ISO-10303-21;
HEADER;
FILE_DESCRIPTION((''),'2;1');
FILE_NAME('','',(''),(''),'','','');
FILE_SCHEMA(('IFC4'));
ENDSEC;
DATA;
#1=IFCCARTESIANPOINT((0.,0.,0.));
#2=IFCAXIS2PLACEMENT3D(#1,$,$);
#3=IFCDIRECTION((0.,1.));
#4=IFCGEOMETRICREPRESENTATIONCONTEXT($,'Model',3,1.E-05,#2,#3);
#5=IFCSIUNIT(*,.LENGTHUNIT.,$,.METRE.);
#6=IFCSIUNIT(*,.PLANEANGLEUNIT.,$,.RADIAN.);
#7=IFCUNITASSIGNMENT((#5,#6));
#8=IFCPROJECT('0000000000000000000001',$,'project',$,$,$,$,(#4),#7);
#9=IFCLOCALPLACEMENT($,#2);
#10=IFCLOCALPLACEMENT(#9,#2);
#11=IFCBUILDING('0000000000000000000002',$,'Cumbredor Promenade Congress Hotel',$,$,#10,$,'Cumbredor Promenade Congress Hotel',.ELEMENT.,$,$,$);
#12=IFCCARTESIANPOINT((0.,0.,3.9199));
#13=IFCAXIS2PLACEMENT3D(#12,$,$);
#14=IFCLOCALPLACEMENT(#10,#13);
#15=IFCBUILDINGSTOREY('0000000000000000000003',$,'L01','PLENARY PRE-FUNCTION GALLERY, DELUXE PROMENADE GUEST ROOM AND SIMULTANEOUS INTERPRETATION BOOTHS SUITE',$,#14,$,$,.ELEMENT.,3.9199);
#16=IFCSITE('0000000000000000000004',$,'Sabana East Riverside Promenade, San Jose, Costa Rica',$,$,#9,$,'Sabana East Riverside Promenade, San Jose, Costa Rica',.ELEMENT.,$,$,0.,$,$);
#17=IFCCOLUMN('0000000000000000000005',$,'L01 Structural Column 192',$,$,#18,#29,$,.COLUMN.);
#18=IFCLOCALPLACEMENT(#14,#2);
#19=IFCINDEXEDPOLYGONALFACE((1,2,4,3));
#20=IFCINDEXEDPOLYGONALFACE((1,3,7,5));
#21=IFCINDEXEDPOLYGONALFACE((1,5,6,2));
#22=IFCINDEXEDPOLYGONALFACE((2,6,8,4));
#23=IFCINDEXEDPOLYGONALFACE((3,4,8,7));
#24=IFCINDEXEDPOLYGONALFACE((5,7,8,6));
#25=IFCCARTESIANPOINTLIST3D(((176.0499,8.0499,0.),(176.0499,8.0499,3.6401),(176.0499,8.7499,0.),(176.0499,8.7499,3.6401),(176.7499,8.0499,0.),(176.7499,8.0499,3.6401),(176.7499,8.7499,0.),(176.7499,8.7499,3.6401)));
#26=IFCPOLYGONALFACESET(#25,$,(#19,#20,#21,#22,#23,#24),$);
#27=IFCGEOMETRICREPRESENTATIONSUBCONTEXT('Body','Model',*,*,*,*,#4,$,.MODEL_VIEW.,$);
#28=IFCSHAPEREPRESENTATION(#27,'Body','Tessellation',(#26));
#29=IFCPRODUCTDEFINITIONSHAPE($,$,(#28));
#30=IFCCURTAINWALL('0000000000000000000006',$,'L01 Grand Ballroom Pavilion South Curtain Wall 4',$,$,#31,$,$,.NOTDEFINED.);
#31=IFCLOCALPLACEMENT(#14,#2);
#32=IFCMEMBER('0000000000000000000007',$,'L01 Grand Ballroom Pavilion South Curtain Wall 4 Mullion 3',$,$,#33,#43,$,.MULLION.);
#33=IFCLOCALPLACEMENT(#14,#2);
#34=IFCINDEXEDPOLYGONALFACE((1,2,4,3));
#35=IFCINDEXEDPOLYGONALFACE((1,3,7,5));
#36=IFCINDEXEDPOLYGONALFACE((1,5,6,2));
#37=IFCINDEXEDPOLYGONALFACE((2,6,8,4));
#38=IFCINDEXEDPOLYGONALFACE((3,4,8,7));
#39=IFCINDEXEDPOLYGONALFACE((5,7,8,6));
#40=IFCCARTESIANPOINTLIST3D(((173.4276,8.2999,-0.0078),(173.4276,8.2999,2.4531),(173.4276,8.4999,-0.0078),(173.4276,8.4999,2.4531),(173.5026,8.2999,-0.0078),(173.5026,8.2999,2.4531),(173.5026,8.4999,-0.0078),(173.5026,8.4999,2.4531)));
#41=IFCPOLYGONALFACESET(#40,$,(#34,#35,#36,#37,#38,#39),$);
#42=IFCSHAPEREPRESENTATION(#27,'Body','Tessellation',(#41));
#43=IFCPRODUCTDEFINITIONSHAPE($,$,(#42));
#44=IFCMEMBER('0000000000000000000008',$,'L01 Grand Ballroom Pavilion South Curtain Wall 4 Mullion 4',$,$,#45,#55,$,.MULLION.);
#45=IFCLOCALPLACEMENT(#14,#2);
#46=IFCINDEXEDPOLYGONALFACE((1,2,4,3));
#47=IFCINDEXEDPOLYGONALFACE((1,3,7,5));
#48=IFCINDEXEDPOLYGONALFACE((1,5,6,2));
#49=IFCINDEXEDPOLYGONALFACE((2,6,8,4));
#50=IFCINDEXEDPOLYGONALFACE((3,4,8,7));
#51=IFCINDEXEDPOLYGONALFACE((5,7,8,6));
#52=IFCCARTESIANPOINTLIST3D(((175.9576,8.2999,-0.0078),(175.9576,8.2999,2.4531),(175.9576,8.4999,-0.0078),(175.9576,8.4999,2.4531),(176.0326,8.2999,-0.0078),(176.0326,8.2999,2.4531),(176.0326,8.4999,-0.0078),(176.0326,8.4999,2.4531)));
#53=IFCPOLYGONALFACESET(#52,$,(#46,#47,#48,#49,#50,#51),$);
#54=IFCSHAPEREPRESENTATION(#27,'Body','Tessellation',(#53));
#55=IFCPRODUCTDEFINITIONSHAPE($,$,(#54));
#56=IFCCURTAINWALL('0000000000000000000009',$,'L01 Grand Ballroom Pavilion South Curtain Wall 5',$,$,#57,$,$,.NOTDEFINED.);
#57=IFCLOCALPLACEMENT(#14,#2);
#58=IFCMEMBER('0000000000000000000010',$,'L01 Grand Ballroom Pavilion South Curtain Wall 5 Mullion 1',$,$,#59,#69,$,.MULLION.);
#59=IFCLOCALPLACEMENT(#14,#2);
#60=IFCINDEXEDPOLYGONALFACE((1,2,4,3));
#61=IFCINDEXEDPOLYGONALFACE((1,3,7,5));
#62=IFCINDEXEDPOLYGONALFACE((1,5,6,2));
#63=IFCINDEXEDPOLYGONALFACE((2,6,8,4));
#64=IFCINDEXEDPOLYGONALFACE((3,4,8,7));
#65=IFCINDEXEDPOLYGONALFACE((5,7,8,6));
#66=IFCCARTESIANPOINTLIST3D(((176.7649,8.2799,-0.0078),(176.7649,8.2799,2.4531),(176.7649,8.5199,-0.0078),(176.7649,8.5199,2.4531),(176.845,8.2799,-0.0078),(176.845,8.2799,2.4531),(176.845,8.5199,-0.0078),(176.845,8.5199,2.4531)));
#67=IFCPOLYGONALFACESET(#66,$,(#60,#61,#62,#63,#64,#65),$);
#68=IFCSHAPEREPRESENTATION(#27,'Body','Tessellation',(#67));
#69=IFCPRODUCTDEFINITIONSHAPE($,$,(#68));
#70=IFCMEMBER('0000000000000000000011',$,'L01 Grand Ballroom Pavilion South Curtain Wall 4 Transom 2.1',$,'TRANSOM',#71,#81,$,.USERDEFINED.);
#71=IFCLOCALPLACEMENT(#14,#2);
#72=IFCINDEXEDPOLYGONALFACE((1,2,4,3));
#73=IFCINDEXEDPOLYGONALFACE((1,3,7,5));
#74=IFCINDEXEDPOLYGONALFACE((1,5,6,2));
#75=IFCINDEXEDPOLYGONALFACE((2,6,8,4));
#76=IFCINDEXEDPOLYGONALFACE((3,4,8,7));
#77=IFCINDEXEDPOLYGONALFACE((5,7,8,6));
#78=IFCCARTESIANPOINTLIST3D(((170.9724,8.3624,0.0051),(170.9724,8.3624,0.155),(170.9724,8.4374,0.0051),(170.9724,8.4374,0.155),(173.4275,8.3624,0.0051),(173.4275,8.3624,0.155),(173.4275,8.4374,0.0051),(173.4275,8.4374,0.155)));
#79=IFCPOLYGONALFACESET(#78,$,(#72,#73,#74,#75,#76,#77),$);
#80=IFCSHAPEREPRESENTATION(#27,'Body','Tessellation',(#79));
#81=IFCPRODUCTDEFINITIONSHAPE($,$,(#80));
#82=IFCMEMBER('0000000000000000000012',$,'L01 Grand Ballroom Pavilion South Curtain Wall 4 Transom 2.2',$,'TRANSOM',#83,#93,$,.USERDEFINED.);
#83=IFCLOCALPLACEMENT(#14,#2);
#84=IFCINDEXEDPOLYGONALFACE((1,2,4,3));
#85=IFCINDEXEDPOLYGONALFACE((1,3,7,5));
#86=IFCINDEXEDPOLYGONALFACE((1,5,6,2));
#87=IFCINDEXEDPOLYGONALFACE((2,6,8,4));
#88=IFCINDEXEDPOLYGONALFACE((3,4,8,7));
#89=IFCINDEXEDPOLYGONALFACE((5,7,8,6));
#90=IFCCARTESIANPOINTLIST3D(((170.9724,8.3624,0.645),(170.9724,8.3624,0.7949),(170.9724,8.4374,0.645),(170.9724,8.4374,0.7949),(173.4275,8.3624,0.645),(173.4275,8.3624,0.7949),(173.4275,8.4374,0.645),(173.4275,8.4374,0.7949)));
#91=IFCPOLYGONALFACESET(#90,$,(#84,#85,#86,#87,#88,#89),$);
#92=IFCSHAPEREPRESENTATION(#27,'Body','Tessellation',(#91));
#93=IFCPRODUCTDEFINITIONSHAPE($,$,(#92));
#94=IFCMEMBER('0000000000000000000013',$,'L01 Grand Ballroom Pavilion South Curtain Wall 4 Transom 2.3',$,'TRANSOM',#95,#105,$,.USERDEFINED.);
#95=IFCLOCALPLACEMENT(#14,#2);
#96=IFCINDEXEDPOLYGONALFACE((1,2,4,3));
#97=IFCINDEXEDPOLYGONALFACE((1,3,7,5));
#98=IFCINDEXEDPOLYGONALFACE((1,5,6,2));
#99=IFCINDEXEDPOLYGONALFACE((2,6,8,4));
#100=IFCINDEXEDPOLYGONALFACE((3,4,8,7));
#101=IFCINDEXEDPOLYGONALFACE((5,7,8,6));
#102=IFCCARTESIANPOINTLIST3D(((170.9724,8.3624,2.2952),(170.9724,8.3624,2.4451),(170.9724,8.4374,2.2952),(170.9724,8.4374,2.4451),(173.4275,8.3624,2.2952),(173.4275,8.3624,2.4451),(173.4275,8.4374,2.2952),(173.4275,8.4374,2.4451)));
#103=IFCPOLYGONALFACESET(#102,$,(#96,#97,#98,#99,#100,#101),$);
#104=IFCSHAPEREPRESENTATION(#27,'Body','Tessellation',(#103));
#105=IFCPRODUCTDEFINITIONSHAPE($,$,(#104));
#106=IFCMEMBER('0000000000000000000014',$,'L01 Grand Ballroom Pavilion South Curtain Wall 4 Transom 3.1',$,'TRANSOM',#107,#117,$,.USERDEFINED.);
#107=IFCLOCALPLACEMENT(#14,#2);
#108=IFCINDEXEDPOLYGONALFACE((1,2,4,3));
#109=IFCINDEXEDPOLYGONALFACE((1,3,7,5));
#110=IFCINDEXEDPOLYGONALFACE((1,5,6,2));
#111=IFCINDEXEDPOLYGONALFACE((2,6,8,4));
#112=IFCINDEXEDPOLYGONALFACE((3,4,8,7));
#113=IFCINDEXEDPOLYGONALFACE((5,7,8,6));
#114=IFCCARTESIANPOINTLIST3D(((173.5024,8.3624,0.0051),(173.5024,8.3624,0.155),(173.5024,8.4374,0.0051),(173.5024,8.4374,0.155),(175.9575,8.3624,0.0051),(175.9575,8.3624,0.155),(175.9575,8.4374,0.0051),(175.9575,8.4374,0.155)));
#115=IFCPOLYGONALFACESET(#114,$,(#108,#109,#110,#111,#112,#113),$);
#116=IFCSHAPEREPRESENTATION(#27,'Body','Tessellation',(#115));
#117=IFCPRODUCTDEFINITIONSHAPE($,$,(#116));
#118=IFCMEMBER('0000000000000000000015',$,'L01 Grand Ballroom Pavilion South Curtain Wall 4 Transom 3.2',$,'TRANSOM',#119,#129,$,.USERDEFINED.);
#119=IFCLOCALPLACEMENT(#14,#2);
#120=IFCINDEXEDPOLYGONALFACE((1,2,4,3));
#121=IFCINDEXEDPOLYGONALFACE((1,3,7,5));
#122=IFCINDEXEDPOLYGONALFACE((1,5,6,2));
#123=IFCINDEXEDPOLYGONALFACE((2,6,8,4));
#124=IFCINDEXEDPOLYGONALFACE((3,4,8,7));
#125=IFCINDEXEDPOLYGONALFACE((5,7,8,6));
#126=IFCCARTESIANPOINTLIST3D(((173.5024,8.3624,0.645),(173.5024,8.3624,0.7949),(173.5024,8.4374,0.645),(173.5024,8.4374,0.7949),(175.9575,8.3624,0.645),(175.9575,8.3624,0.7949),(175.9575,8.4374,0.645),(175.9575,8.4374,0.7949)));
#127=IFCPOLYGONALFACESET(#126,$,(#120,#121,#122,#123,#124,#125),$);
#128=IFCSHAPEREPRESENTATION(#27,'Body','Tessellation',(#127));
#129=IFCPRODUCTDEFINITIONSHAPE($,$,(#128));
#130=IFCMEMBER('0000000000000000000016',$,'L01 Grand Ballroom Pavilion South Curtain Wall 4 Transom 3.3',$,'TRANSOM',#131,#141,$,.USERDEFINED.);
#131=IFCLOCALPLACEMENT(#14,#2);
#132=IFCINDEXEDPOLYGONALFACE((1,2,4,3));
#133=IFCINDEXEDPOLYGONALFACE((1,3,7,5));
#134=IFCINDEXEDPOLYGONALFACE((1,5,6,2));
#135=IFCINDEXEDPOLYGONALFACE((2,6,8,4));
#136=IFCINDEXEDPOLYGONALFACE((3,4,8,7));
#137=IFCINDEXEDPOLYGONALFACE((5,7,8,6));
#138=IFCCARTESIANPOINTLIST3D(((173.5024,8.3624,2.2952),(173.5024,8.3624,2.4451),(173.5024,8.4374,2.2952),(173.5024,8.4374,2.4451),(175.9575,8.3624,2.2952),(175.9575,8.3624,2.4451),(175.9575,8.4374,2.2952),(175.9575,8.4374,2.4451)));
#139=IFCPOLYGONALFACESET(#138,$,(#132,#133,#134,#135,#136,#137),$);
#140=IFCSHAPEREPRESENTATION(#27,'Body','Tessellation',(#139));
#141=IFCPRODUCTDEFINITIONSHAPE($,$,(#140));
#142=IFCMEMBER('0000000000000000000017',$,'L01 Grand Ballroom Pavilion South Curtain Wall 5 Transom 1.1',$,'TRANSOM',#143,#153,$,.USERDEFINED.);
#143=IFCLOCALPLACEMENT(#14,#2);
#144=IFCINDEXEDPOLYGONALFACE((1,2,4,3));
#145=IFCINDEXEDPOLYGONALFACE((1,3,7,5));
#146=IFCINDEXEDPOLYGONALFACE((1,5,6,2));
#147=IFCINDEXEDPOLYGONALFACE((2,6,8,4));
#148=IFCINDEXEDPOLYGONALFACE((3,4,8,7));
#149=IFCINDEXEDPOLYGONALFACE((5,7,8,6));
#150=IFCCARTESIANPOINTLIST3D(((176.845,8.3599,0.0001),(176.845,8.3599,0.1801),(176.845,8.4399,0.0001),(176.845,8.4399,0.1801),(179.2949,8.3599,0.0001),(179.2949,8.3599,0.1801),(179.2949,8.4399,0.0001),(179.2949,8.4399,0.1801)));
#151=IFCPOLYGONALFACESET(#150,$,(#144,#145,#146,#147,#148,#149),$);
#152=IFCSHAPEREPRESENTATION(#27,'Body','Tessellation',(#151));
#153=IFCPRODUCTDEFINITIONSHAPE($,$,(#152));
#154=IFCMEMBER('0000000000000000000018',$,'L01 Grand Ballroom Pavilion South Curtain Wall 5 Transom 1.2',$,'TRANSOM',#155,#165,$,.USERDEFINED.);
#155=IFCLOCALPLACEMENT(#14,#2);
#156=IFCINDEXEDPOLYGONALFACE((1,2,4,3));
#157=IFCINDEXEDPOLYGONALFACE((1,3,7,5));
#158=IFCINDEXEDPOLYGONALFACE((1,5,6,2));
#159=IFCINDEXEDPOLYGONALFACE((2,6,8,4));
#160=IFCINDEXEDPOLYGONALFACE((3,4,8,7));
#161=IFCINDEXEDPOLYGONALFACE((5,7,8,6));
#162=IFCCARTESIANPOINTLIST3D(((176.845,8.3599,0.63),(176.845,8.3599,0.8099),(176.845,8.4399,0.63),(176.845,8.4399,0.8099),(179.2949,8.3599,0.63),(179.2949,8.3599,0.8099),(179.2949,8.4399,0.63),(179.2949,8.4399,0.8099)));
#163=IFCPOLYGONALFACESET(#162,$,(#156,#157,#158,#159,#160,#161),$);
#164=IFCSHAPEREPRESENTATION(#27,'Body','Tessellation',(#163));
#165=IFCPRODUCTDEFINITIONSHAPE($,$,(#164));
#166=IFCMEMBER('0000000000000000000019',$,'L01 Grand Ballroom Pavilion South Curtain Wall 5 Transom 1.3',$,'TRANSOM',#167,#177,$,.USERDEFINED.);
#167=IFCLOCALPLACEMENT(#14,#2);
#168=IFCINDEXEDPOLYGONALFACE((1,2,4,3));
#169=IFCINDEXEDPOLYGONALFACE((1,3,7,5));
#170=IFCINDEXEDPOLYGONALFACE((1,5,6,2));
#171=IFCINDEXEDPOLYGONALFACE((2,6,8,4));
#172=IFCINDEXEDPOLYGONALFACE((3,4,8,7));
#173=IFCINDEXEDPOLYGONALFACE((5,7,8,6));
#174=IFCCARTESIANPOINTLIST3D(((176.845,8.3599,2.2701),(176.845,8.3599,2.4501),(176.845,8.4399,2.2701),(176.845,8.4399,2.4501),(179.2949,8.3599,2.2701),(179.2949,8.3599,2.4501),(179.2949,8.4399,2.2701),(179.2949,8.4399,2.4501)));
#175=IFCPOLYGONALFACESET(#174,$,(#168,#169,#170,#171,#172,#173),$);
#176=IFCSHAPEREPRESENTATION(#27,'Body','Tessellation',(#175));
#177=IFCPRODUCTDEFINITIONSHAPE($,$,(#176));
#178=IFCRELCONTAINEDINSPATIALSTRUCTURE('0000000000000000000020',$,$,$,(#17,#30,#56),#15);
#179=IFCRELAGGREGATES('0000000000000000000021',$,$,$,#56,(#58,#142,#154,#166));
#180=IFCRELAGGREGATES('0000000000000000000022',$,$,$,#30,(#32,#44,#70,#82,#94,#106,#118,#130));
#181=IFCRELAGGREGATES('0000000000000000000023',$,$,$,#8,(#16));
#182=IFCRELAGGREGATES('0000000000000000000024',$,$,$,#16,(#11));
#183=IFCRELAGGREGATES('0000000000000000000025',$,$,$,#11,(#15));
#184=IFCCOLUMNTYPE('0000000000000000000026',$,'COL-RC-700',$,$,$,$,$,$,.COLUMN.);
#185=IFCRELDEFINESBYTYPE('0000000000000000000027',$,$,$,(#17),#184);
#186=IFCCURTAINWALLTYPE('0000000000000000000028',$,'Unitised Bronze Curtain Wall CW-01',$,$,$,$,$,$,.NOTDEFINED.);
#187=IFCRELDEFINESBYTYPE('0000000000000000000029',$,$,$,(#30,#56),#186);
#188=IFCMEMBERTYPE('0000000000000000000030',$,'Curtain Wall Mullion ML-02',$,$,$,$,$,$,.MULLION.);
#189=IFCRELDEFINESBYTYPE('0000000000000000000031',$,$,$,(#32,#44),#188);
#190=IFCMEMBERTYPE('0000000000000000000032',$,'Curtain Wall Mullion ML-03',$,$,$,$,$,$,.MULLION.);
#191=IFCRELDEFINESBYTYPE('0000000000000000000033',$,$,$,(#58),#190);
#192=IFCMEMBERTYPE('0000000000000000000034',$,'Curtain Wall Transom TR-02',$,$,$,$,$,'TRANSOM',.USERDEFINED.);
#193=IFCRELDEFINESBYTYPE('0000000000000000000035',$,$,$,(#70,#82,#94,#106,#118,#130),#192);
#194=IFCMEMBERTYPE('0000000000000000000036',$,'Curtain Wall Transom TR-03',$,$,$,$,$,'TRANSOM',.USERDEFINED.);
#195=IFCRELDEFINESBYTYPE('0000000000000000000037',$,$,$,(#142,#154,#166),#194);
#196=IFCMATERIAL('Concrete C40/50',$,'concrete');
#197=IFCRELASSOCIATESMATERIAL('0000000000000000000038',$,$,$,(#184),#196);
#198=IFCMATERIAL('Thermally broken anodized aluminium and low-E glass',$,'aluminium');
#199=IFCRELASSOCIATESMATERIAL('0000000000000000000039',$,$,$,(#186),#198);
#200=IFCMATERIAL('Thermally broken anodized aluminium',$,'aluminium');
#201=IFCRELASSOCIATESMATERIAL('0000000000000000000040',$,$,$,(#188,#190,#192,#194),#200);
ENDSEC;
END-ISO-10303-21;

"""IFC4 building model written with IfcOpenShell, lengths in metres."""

from ifc_helpers import new_model, si_unit, direction, frame, origin, origin_2d, place, context, subcontext, project, spatial, rectangle, extrude, material, material_profile, profile_set, type_object, element, aggregate, save


model = new_model("IFC4")

# Units and contexts
model_context = context("Model", 3, precision=1e-05, world=origin(), true_north=direction((0.0, 1.0)))
body_context = subcontext(model_context, "Body", "Model", "MODEL_VIEW")
ifc_project = project(units=[si_unit("LENGTHUNIT", "METRE"), si_unit("PLANEANGLEUNIT", "RADIAN")], contexts=[model_context])

# Site, building, storey
site_placement = place(None, origin())
site = spatial("IfcSite", under=ifc_project, at=site_placement, Name="Sabana East Riverside Promenade, San Jose, Costa Rica", LongName="Sabana East Riverside Promenade, San Jose, Costa Rica", CompositionType="ELEMENT", RefElevation=0.0)
building_placement = place(site_placement, origin())
building = spatial("IfcBuilding", under=site, at=building_placement, Name="Cumbredor Promenade Congress Hotel", LongName="Cumbredor Promenade Congress Hotel", CompositionType="ELEMENT")
storey_placement = place(building_placement, frame((0.0, 0.0, 3.9199)))
storey = spatial("IfcBuildingStorey", under=building, at=storey_placement, Name="L01", Description="PLENARY PRE-FUNCTION GALLERY, DELUXE PROMENADE GUEST ROOM AND SIMULTANEOUS INTERPRETATION BOOTHS SUITE", CompositionType="ELEMENT", Elevation=3.9199)

# Column
ifc_material_1 = material(Name="Concrete C40/50", Category="concrete")
ifc_material_profile_1 = material_profile(ifc_material_1, rectangle(XDim=0.7, YDim=0.7, at=origin_2d()), Name="RC 700x700")
ifc_profile_set_1 = profile_set([ifc_material_profile_1], Name="Concrete C40/50")
column_type = type_object("IfcColumnType", Name="COL-RC-700", PredefinedType="COLUMN", material=ifc_profile_set_1)
column_placement = place(storey_placement, frame((176.3999, 8.3999, 0.0), z_axis=(0.0, 0.0, 1.0), x_axis=(1.0, 0.0, 0.0)))
element("IfcColumn", 1, at=column_placement, inside=storey, type_object=column_type, Name="L01 Structural Column 192", PredefinedType="COLUMN", context=body_context, shape_type="SweptSolid", body=[
    extrude(rectangle(XDim=0.7, YDim=0.7, at=origin_2d()), origin(), (0.0, 0.0, 1.0), 3.6401),
])

# Curtain wall, members
ifc_material_2 = material(Name="Thermally broken anodized aluminium and low-E glass", Category="aluminium")
curtain_wall_type = type_object("IfcCurtainWallType", Name="Unitised Bronze Curtain Wall CW-01", PredefinedType="NOTDEFINED", material=ifc_material_2)
curtain_wall_1_placement = place(storey_placement, origin())
curtain_wall_1 = element("IfcCurtainWall", 2, at=curtain_wall_1_placement, inside=storey, type_object=curtain_wall_type, Name="L01 Grand Ballroom Pavilion South Curtain Wall 4", PredefinedType="NOTDEFINED")
ifc_material_3 = material(Name="Thermally broken anodized aluminium", Category="aluminium")
ifc_material_profile_2 = material_profile(ifc_material_3, rectangle(XDim=0.075, YDim=0.2, at=origin_2d()), Name="ALU MULLION 75x200")
ifc_profile_set_2 = profile_set([ifc_material_profile_2], Name="Thermally broken anodized aluminium")
member_type_1 = type_object("IfcMemberType", Name="Curtain Wall Mullion ML-02", PredefinedType="MULLION", material=ifc_profile_set_2)
member_1_placement = place(storey_placement, frame((173.4651, 8.3999, -0.0078), z_axis=(0.0, 0.0, 1.0), x_axis=(1.0, 0.0, 0.0)))
member_1 = element("IfcMember", 3, at=member_1_placement, type_object=member_type_1, Name="L01 Grand Ballroom Pavilion South Curtain Wall 4 Mullion 3", PredefinedType="MULLION", context=body_context, shape_type="SweptSolid", body=[
    extrude(rectangle(XDim=0.075, YDim=0.2, at=origin_2d()), origin(), (0.0, 0.0, 1.0), 2.4609),
])
member_2_placement = place(storey_placement, frame((175.9951, 8.3999, -0.0078), z_axis=(0.0, 0.0, 1.0), x_axis=(1.0, 0.0, 0.0)))
member_2 = element("IfcMember", 4, at=member_2_placement, type_object=member_type_1, Name="L01 Grand Ballroom Pavilion South Curtain Wall 4 Mullion 4", PredefinedType="MULLION", context=body_context, shape_type="SweptSolid", body=[
    extrude(rectangle(XDim=0.075, YDim=0.2, at=origin_2d()), origin(), (0.0, 0.0, 1.0), 2.4609),
])

# Curtain wall, member
curtain_wall_2_placement = place(storey_placement, origin())
curtain_wall_2 = element("IfcCurtainWall", 5, at=curtain_wall_2_placement, inside=storey, type_object=curtain_wall_type, Name="L01 Grand Ballroom Pavilion South Curtain Wall 5", PredefinedType="NOTDEFINED")
ifc_material_profile_3 = material_profile(ifc_material_3, rectangle(XDim=0.0801, YDim=0.24, at=origin_2d()), Name="ALU MULLION 80x240")
ifc_profile_set_3 = profile_set([ifc_material_profile_3], Name="Thermally broken anodized aluminium")
member_type_2 = type_object("IfcMemberType", Name="Curtain Wall Mullion ML-03", PredefinedType="MULLION", material=ifc_profile_set_3)
member_3_placement = place(storey_placement, frame((176.8049, 8.3999, -0.0078), z_axis=(0.0, 0.0, 1.0), x_axis=(1.0, 0.0, 0.0)))
member_3 = element("IfcMember", 6, at=member_3_placement, type_object=member_type_2, Name="L01 Grand Ballroom Pavilion South Curtain Wall 5 Mullion 1", PredefinedType="MULLION", context=body_context, shape_type="SweptSolid", body=[
    extrude(rectangle(XDim=0.0801, YDim=0.24, at=origin_2d()), origin(), (0.0, 0.0, 1.0), 2.4609),
])

# Members
ifc_material_profile_4 = material_profile(ifc_material_3, rectangle(XDim=0.075, YDim=0.1499, at=origin_2d()), Name="ALU TRANSOM 75x150")
ifc_profile_set_4 = profile_set([ifc_material_profile_4], Name="Thermally broken anodized aluminium")
member_type_3 = type_object("IfcMemberType", Name="Curtain Wall Transom TR-02", ElementType="TRANSOM", PredefinedType="USERDEFINED", material=ifc_profile_set_4)
member_4_placement = place(storey_placement, frame((170.9724, 8.3999, 0.0801), z_axis=(1.0, 0.0, 0.0), x_axis=(0.0, 1.0, 0.0)))
member_4 = element("IfcMember", 7, at=member_4_placement, type_object=member_type_3, Name="L01 Grand Ballroom Pavilion South Curtain Wall 4 Transom 2.1", ObjectType="TRANSOM", PredefinedType="USERDEFINED", context=body_context, shape_type="SweptSolid", body=[
    extrude(rectangle(XDim=0.075, YDim=0.1499, at=origin_2d()), origin(), (0.0, 0.0, 1.0), 2.4551),
])
member_5_placement = place(storey_placement, frame((170.9724, 8.3999, 0.72), z_axis=(1.0, 0.0, 0.0), x_axis=(0.0, 1.0, 0.0)))
member_5 = element("IfcMember", 8, at=member_5_placement, type_object=member_type_3, Name="L01 Grand Ballroom Pavilion South Curtain Wall 4 Transom 2.2", ObjectType="TRANSOM", PredefinedType="USERDEFINED", context=body_context, shape_type="SweptSolid", body=[
    extrude(rectangle(XDim=0.075, YDim=0.1499, at=origin_2d()), origin(), (0.0, 0.0, 1.0), 2.4551),
])
member_6_placement = place(storey_placement, frame((170.9724, 8.3999, 2.3701), z_axis=(1.0, 0.0, 0.0), x_axis=(0.0, 1.0, 0.0)))
member_6 = element("IfcMember", 9, at=member_6_placement, type_object=member_type_3, Name="L01 Grand Ballroom Pavilion South Curtain Wall 4 Transom 2.3", ObjectType="TRANSOM", PredefinedType="USERDEFINED", context=body_context, shape_type="SweptSolid", body=[
    extrude(rectangle(XDim=0.075, YDim=0.1499, at=origin_2d()), origin(), (0.0, 0.0, 1.0), 2.4551),
])
member_7_placement = place(storey_placement, frame((173.5024, 8.3999, 0.0801), z_axis=(1.0, 0.0, 0.0), x_axis=(0.0, 1.0, 0.0)))
member_7 = element("IfcMember", 10, at=member_7_placement, type_object=member_type_3, Name="L01 Grand Ballroom Pavilion South Curtain Wall 4 Transom 3.1", ObjectType="TRANSOM", PredefinedType="USERDEFINED", context=body_context, shape_type="SweptSolid", body=[
    extrude(rectangle(XDim=0.075, YDim=0.1499, at=origin_2d()), origin(), (0.0, 0.0, 1.0), 2.4551),
])
member_8_placement = place(storey_placement, frame((173.5024, 8.3999, 0.72), z_axis=(1.0, 0.0, 0.0), x_axis=(0.0, 1.0, 0.0)))
member_8 = element("IfcMember", 11, at=member_8_placement, type_object=member_type_3, Name="L01 Grand Ballroom Pavilion South Curtain Wall 4 Transom 3.2", ObjectType="TRANSOM", PredefinedType="USERDEFINED", context=body_context, shape_type="SweptSolid", body=[
    extrude(rectangle(XDim=0.075, YDim=0.1499, at=origin_2d()), origin(), (0.0, 0.0, 1.0), 2.4551),
])
member_9_placement = place(storey_placement, frame((173.5024, 8.3999, 2.3701), z_axis=(1.0, 0.0, 0.0), x_axis=(0.0, 1.0, 0.0)))
member_9 = element("IfcMember", 12, at=member_9_placement, type_object=member_type_3, Name="L01 Grand Ballroom Pavilion South Curtain Wall 4 Transom 3.3", ObjectType="TRANSOM", PredefinedType="USERDEFINED", context=body_context, shape_type="SweptSolid", body=[
    extrude(rectangle(XDim=0.075, YDim=0.1499, at=origin_2d()), origin(), (0.0, 0.0, 1.0), 2.4551),
])
ifc_material_profile_5 = material_profile(ifc_material_3, rectangle(XDim=0.0801, YDim=0.1799, at=origin_2d()), Name="ALU TRANSOM 80x180")
ifc_profile_set_5 = profile_set([ifc_material_profile_5], Name="Thermally broken anodized aluminium")
member_type_4 = type_object("IfcMemberType", Name="Curtain Wall Transom TR-03", ElementType="TRANSOM", PredefinedType="USERDEFINED", material=ifc_profile_set_5)
member_10_placement = place(storey_placement, frame((176.845, 8.3999, 0.0901), z_axis=(1.0, 0.0, 0.0), x_axis=(0.0, 1.0, 0.0)))
member_10 = element("IfcMember", 13, at=member_10_placement, type_object=member_type_4, Name="L01 Grand Ballroom Pavilion South Curtain Wall 5 Transom 1.1", ObjectType="TRANSOM", PredefinedType="USERDEFINED", context=body_context, shape_type="SweptSolid", body=[
    extrude(rectangle(XDim=0.0801, YDim=0.1799, at=origin_2d()), origin(), (0.0, 0.0, 1.0), 2.45),
])
member_11_placement = place(storey_placement, frame((176.845, 8.3999, 0.72), z_axis=(1.0, 0.0, 0.0), x_axis=(0.0, 1.0, 0.0)))
member_11 = element("IfcMember", 14, at=member_11_placement, type_object=member_type_4, Name="L01 Grand Ballroom Pavilion South Curtain Wall 5 Transom 1.2", ObjectType="TRANSOM", PredefinedType="USERDEFINED", context=body_context, shape_type="SweptSolid", body=[
    extrude(rectangle(XDim=0.0801, YDim=0.1799, at=origin_2d()), origin(), (0.0, 0.0, 1.0), 2.45),
])
member_12_placement = place(storey_placement, frame((176.845, 8.3999, 2.3601), z_axis=(1.0, 0.0, 0.0), x_axis=(0.0, 1.0, 0.0)))
member_12 = element("IfcMember", 15, at=member_12_placement, type_object=member_type_4, Name="L01 Grand Ballroom Pavilion South Curtain Wall 5 Transom 1.3", ObjectType="TRANSOM", PredefinedType="USERDEFINED", context=body_context, shape_type="SweptSolid", body=[
    extrude(rectangle(XDim=0.0801, YDim=0.1799, at=origin_2d()), origin(), (0.0, 0.0, 1.0), 2.45),
])

aggregate(curtain_wall_2, [member_3, member_10, member_11, member_12])
aggregate(curtain_wall_1, [member_1, member_2, member_4, member_5, member_6, member_7, member_8, member_9])

save(model, "model.ifc")
